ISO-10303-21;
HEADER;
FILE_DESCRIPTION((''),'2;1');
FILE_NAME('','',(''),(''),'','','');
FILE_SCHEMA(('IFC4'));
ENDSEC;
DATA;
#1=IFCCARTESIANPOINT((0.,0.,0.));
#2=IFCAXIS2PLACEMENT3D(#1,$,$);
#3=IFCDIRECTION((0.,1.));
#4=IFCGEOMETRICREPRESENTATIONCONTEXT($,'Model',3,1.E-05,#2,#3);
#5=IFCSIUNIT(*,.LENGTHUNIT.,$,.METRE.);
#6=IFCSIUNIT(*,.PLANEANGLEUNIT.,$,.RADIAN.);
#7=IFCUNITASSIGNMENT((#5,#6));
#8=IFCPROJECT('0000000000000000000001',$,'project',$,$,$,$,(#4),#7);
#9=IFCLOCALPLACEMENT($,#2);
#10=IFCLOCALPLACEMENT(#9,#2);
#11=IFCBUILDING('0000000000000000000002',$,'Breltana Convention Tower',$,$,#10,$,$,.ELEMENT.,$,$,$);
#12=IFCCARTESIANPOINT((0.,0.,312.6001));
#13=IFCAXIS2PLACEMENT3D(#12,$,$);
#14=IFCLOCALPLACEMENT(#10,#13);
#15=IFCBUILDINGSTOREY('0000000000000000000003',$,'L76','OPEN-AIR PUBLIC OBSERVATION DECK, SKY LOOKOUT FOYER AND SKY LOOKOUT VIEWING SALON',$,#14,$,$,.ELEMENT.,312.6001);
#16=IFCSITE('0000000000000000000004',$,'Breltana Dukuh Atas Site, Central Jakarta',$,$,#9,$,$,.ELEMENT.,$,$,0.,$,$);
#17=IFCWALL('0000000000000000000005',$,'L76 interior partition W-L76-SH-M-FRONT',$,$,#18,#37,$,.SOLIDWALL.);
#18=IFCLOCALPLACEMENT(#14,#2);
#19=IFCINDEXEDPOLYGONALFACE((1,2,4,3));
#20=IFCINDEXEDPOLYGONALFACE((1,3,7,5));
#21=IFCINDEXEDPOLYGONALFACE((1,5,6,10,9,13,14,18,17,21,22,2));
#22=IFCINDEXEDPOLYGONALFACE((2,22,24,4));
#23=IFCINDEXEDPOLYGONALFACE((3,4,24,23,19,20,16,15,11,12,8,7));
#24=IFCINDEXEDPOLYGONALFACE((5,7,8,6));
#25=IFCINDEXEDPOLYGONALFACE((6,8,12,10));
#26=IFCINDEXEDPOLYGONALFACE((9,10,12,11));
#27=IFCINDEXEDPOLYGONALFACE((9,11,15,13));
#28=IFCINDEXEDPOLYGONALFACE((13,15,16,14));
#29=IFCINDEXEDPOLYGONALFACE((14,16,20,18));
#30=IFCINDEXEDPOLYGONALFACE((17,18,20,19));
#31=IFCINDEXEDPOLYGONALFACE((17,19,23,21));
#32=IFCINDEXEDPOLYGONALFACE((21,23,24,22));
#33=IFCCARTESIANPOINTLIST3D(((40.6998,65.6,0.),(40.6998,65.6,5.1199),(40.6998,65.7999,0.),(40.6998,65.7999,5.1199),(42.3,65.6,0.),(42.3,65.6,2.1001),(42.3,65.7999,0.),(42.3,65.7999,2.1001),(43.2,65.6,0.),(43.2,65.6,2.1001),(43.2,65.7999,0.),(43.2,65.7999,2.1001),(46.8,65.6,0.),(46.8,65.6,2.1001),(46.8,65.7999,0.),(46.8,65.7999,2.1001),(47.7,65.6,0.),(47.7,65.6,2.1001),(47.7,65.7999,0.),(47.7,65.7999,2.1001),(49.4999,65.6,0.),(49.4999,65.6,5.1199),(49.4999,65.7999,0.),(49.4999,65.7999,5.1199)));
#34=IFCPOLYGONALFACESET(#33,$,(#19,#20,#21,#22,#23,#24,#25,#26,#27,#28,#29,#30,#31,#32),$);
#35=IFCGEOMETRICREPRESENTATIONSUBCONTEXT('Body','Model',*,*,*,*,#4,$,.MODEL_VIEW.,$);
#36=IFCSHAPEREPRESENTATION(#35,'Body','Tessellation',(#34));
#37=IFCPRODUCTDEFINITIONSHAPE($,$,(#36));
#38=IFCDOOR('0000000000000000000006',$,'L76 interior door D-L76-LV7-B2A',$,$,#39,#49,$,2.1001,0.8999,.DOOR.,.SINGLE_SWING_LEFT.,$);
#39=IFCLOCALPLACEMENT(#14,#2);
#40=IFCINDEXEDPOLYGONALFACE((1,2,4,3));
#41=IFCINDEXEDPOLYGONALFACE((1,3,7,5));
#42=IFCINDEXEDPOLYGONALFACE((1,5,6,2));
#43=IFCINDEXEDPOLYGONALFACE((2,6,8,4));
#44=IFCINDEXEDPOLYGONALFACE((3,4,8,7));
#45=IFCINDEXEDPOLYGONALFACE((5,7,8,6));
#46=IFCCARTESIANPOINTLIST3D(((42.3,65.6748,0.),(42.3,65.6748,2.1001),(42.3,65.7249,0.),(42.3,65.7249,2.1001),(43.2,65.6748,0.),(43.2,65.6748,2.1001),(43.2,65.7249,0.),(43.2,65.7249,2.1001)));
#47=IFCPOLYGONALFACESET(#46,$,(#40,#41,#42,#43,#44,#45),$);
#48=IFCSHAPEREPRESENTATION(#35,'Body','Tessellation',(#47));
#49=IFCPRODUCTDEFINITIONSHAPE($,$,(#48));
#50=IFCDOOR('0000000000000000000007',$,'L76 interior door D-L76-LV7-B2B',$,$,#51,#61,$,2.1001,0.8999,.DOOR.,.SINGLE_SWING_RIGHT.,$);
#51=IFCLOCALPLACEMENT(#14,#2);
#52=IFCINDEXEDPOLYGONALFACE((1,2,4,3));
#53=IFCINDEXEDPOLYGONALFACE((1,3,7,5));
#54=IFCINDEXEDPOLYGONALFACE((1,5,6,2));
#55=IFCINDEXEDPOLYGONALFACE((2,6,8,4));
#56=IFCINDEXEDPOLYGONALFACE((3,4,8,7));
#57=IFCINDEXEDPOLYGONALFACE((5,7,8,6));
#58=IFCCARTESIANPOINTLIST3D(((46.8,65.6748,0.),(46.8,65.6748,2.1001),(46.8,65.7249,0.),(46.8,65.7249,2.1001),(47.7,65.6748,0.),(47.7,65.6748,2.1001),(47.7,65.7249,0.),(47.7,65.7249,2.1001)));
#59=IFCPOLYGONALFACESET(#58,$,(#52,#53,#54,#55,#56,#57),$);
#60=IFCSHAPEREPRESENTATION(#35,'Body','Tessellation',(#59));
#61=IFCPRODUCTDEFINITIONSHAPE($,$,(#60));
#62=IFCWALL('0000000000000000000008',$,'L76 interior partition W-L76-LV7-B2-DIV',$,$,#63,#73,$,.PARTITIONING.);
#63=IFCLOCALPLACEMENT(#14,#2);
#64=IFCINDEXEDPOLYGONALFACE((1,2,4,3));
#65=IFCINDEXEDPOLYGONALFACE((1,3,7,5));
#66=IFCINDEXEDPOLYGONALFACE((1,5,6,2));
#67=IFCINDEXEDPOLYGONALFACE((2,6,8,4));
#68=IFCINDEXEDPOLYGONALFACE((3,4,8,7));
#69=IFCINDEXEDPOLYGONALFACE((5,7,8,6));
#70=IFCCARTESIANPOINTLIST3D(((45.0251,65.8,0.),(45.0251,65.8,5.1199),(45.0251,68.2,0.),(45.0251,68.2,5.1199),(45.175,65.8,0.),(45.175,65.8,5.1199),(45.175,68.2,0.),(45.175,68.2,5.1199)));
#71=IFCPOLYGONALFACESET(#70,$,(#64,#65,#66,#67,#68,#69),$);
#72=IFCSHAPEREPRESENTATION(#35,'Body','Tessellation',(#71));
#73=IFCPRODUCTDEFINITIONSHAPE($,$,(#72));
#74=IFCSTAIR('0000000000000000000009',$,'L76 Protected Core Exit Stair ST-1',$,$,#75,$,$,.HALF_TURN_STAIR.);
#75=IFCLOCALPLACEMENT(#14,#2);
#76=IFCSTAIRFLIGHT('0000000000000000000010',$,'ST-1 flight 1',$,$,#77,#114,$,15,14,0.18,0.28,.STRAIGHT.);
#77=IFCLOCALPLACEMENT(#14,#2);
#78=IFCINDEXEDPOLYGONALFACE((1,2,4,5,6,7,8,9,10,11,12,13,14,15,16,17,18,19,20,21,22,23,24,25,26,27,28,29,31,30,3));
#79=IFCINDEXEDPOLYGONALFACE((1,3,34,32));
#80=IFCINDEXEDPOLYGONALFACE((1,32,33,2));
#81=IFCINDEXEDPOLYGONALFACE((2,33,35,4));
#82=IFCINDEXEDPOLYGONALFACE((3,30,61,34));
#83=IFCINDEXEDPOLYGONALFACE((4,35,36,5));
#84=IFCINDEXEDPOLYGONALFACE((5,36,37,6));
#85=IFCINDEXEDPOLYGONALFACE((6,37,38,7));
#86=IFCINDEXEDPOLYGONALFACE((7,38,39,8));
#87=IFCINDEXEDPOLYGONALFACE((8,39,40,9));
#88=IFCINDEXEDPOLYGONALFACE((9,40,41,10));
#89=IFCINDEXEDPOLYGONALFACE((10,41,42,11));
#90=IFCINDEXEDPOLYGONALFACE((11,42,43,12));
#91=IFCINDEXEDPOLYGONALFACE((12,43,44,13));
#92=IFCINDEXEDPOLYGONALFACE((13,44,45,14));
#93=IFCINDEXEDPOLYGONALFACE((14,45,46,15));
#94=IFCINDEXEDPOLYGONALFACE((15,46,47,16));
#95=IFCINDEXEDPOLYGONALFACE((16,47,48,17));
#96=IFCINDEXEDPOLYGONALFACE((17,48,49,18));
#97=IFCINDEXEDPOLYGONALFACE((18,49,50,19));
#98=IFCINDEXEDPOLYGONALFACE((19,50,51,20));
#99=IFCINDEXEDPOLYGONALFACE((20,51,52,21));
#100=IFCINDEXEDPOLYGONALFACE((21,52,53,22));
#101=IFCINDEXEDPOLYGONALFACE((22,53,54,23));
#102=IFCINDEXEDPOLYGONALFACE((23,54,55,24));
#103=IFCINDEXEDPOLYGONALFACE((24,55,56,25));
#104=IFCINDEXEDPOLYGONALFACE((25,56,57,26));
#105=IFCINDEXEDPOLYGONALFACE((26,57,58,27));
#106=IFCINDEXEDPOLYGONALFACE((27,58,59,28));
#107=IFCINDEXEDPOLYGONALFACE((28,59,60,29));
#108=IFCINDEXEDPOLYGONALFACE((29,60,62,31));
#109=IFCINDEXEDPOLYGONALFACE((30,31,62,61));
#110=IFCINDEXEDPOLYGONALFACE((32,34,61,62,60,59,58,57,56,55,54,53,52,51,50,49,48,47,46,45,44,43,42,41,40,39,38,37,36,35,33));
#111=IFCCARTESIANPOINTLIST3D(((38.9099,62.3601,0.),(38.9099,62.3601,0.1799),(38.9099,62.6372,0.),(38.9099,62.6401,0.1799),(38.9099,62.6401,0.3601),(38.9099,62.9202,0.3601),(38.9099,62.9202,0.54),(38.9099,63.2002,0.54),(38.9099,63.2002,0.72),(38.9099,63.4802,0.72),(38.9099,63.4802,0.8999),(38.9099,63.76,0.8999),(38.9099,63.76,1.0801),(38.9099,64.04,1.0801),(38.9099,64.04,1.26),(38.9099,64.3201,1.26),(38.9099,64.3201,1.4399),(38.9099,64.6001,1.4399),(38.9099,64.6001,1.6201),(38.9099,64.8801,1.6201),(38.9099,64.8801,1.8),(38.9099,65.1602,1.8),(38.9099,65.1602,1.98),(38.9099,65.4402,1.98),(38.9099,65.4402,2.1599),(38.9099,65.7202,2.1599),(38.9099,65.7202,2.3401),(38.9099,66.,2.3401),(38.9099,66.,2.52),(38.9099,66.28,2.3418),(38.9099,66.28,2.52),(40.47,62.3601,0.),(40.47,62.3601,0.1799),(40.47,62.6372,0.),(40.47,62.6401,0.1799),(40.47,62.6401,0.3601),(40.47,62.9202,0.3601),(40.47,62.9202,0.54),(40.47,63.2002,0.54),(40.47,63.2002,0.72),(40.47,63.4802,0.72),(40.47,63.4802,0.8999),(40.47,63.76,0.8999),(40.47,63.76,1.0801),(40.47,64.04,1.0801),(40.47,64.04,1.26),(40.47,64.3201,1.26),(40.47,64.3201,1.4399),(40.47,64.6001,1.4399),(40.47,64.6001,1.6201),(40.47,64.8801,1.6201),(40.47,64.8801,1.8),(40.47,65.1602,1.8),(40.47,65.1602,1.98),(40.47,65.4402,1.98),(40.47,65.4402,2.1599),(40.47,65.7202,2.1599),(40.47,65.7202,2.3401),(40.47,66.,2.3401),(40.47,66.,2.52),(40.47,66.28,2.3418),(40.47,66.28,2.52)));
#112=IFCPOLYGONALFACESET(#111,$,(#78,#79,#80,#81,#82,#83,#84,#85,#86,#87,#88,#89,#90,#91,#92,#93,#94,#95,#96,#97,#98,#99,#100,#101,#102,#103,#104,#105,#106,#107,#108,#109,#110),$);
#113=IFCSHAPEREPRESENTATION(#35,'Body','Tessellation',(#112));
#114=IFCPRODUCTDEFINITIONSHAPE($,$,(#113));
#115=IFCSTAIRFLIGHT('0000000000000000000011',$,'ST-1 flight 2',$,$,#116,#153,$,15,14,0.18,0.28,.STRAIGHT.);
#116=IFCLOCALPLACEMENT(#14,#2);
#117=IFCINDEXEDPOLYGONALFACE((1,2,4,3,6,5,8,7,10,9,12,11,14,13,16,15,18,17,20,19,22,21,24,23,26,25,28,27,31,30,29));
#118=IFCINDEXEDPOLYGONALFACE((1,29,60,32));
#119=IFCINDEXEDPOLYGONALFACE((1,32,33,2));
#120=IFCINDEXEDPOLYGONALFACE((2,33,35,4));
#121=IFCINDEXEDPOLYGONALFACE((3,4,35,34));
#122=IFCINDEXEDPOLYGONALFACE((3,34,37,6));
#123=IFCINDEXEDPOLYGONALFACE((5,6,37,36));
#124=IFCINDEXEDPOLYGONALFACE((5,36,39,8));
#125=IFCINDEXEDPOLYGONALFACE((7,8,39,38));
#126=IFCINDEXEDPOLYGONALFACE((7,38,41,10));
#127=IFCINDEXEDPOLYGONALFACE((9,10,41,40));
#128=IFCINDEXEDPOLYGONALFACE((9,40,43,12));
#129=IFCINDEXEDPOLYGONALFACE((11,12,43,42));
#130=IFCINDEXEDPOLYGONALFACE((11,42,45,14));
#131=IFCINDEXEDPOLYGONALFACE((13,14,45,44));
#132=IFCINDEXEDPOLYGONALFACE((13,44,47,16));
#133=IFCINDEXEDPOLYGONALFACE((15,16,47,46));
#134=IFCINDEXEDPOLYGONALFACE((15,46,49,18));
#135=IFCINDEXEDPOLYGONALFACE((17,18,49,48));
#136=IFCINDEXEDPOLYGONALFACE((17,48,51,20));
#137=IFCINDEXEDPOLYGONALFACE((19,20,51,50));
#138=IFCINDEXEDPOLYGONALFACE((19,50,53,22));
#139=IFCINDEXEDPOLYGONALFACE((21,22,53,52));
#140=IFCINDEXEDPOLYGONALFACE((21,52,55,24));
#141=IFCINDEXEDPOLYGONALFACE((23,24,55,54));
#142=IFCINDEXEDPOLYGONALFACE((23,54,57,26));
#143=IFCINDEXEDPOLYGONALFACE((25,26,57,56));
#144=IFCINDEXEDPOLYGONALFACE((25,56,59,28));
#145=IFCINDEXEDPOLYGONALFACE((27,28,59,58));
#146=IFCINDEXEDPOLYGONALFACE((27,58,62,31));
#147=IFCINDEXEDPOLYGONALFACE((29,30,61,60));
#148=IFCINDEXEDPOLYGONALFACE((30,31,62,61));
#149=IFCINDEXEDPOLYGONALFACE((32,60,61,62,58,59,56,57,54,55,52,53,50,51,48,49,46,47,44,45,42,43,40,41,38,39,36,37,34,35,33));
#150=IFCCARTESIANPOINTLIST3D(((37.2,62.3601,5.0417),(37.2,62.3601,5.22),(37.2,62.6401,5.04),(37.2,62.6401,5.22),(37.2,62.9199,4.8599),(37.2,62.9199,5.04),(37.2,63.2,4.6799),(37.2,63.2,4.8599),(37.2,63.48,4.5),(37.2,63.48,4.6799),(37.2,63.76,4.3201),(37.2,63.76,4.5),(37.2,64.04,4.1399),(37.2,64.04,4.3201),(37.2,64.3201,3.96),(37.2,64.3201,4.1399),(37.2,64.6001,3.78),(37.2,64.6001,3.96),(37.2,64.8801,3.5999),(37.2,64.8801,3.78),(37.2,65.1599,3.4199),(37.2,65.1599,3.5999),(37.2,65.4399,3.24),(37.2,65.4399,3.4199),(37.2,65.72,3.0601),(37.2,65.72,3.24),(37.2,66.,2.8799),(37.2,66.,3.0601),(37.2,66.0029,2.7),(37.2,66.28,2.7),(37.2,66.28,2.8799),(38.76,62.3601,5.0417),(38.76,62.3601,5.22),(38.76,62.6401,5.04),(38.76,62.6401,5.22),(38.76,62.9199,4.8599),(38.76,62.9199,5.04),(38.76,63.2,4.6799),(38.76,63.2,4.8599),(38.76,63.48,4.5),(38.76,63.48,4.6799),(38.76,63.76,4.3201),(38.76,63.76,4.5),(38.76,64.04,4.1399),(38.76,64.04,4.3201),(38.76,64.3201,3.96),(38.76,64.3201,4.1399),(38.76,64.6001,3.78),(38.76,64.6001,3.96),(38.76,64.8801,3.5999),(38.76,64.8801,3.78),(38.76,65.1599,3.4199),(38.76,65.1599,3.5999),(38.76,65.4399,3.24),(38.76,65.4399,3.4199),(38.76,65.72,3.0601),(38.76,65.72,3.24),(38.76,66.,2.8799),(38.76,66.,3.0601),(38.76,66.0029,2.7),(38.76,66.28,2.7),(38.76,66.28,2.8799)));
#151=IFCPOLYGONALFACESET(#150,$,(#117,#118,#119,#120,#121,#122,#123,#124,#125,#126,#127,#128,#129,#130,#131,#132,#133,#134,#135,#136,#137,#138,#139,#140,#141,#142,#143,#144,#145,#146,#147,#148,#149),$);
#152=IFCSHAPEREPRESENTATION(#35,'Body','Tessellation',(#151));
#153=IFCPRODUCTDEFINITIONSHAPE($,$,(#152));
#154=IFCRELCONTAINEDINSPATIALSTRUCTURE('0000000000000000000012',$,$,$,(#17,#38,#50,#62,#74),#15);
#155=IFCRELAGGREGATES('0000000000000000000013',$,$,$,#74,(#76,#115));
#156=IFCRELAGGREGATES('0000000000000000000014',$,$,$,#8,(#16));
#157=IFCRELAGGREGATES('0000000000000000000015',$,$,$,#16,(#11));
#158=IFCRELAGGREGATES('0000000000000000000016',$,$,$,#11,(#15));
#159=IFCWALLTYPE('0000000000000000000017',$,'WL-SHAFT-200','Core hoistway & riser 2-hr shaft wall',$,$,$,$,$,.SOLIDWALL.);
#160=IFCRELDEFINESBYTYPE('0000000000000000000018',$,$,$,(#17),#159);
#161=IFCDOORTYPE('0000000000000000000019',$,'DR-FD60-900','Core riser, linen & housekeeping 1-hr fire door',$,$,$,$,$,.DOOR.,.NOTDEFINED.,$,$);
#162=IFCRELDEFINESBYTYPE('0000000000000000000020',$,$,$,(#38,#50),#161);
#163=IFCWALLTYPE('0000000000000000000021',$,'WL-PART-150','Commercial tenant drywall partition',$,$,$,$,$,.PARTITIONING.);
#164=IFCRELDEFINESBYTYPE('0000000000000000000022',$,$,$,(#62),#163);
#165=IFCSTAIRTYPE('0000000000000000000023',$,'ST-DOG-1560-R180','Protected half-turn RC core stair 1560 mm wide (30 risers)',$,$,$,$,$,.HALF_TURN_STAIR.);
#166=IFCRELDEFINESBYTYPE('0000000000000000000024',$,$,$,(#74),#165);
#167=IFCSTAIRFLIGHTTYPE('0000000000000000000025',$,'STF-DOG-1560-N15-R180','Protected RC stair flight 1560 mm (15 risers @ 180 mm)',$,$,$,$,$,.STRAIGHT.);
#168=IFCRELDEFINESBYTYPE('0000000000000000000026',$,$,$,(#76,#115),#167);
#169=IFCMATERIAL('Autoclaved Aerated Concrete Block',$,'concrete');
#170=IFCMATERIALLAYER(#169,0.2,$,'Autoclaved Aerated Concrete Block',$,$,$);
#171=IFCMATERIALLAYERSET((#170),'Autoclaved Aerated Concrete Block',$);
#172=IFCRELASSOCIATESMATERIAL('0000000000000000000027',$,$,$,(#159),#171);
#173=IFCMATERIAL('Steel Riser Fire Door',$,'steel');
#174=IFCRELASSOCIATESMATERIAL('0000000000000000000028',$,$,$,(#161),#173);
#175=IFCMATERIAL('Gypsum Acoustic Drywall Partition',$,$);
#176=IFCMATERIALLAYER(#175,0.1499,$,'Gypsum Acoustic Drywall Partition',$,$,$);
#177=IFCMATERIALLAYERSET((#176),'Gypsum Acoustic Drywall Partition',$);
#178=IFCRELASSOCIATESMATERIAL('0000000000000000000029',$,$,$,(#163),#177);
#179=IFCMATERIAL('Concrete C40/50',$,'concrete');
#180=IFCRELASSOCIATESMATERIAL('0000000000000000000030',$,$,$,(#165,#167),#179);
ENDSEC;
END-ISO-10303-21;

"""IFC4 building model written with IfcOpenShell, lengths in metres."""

from ifc_helpers import new_model, si_unit, direction, frame, frame_2d, origin, place, context, subcontext, project, spatial, polyline, rectangle, outline, extrude, source, transform, mapped, material, layer, layer_set, type_object, type_shapes, element, fill, aggregate, save


model = new_model("IFC4")

# Units and contexts
model_context = context("Model", 3, precision=1e-05, world=origin(), true_north=direction((0.0, 1.0)))
body_context = subcontext(model_context, "Body", "Model", "MODEL_VIEW")
ifc_project = project(units=[si_unit("LENGTHUNIT", "METRE"), si_unit("PLANEANGLEUNIT", "RADIAN")], contexts=[model_context])

# Site, building, storey
site_placement = place(None, origin())
site = spatial("IfcSite", under=ifc_project, at=site_placement, Name="Breltana Dukuh Atas Site, Central Jakarta", CompositionType="ELEMENT", RefElevation=0.0)
building_placement = place(site_placement, origin())
building = spatial("IfcBuilding", under=site, at=building_placement, Name="Breltana Convention Tower", CompositionType="ELEMENT")
storey_placement = place(building_placement, frame((0.0, 0.0, 312.6001)))
storey = spatial("IfcBuildingStorey", under=building, at=storey_placement, Name="L76", Description="OPEN-AIR PUBLIC OBSERVATION DECK, SKY LOOKOUT FOYER AND SKY LOOKOUT VIEWING SALON", CompositionType="ELEMENT", Elevation=312.6001)

# Shared definitions
ifc_material_1 = material(Name="Autoclaved Aerated Concrete Block", Category="concrete")
ifc_layer_1 = layer(ifc_material_1, 0.2, Name="Autoclaved Aerated Concrete Block")
ifc_layer_set_1 = layer_set([ifc_layer_1], Name="Autoclaved Aerated Concrete Block")
wall_type_1 = type_object("IfcWallType", Name="WL-SHAFT-200", Description="Core hoistway & riser 2-hr shaft wall", PredefinedType="SOLIDWALL", material=ifc_layer_set_1)
shared_shape_1 = source(origin(), body_context, "Body", "SweptSolid", [
    extrude(rectangle(XDim=8.8, YDim=0.2, at=frame_2d((4.3999, 0.0))), origin(), (0.0, 0.0, 1.0), 5.1199),
])

# Wall, openings, doors
wall_1_placement = place(storey_placement, frame((40.7, 65.7, 0.0), z_axis=(0.0, 0.0, 1.0), x_axis=(1.0, 0.0, 0.0)))
wall_1 = element("IfcWall", 1, at=wall_1_placement, inside=storey, type_object=wall_type_1, Name="L76 interior partition W-L76-SH-M-FRONT", PredefinedType="SOLIDWALL", context=body_context, shape_type="MappedRepresentation", body=[
    mapped(shared_shape_1, transform((0.0, 0.0, 0.0), scale=1.0)),
])
opening_1_placement = place(wall_1_placement, frame((1.6001, 0.0, 0.0)))
opening_1 = element("IfcOpeningElement", 2, at=opening_1_placement, cuts=wall_1, PredefinedType="OPENING", context=body_context, shape_type="SweptSolid", body=[
    extrude(rectangle(XDim=0.8999, YDim=2.1001, at=frame_2d((0.45, 1.05))), frame((0.0, 0.1099, 0.0), z_axis=(0.0, -1.0, 0.0), x_axis=(1.0, 0.0, 0.0)), (0.0, 0.0, 1.0), 0.22),
])
opening_2_placement = place(wall_1_placement, frame((6.1001, 0.0, 0.0)))
opening_2 = element("IfcOpeningElement", 3, at=opening_2_placement, cuts=wall_1, PredefinedType="OPENING", context=body_context, shape_type="SweptSolid", body=[
    extrude(rectangle(XDim=0.8999, YDim=2.1001, at=frame_2d((0.45, 1.05))), frame((0.0, 0.1099, 0.0), z_axis=(0.0, -1.0, 0.0), x_axis=(1.0, 0.0, 0.0)), (0.0, 0.0, 1.0), 0.22),
])
ifc_material_2 = material(Name="Steel Riser Fire Door", Category="steel")
door_type_1 = type_object("IfcDoorType", Name="DR-FD60-900", Description="Core riser, linen & housekeeping 1-hr fire door", OperationType="NOTDEFINED", PredefinedType="DOOR", material=ifc_material_2)
shared_shape_2 = source(origin(), body_context, "Body", "SweptSolid", [
    extrude(rectangle(XDim=0.8999, YDim=2.1001, at=frame_2d((0.45, 1.05))), frame((0.0, 0.0249, 0.0), z_axis=(0.0, -1.0, 0.0), x_axis=(1.0, 0.0, 0.0)), (0.0, 0.0, 1.0), 0.05),
])
type_shapes(door_type_1, [shared_shape_2])
door_1_placement = place(opening_1_placement, origin())
door_1 = element("IfcDoor", 4, at=door_1_placement, inside=storey, type_object=door_type_1, Name="L76 interior door D-L76-LV7-B2A", OperationType="SINGLE_SWING_LEFT", OverallHeight=2.1001, OverallWidth=0.8999, PredefinedType="DOOR", context=body_context, shape_type="MappedRepresentation", body=[
    mapped(shared_shape_2, transform((0.0, 0.0, 0.0), scale=1.0)),
])
fill(opening_1, door_1)
door_2_placement = place(opening_2_placement, origin())
door_2 = element("IfcDoor", 5, at=door_2_placement, inside=storey, type_object=door_type_1, Name="L76 interior door D-L76-LV7-B2B", OperationType="SINGLE_SWING_RIGHT", OverallHeight=2.1001, OverallWidth=0.8999, PredefinedType="DOOR", context=body_context, shape_type="MappedRepresentation", body=[
    mapped(shared_shape_2, transform((0.0, 0.0, 0.0), scale=1.0)),
])
fill(opening_2, door_2)

# Wall
ifc_material_3 = material(Name="Gypsum Acoustic Drywall Partition")
ifc_layer_2 = layer(ifc_material_3, 0.1499, Name="Gypsum Acoustic Drywall Partition")
ifc_layer_set_2 = layer_set([ifc_layer_2], Name="Gypsum Acoustic Drywall Partition")
wall_type_2 = type_object("IfcWallType", Name="WL-PART-150", Description="Commercial tenant drywall partition", PredefinedType="PARTITIONING", material=ifc_layer_set_2)
shared_shape_3 = source(origin(), body_context, "Body", "SweptSolid", [
    extrude(rectangle(XDim=2.3999, YDim=0.1499, at=frame_2d((1.2, 0.0))), origin(), (0.0, 0.0, 1.0), 5.1199),
])
wall_2_placement = place(storey_placement, frame((45.1001, 65.8, 0.0), z_axis=(0.0, 0.0, 1.0), x_axis=(0.0, 1.0, 0.0)))
element("IfcWall", 6, at=wall_2_placement, inside=storey, type_object=wall_type_2, Name="L76 interior partition W-L76-LV7-B2-DIV", PredefinedType="PARTITIONING", context=body_context, shape_type="MappedRepresentation", body=[
    mapped(shared_shape_3, transform((0.0, 0.0, 0.0), scale=1.0)),
])

# Stair, stair flights
ifc_material_4 = material(Name="Concrete C40/50", Category="concrete")
stair_type = type_object("IfcStairType", Name="ST-DOG-1560-R180", Description="Protected half-turn RC core stair 1560 mm wide (30 risers)", PredefinedType="HALF_TURN_STAIR", material=ifc_material_4)
stair_placement = place(storey_placement, origin())
stair = element("IfcStair", 7, at=stair_placement, inside=storey, type_object=stair_type, Name="L76 Protected Core Exit Stair ST-1", PredefinedType="HALF_TURN_STAIR")
stair_flight_type = type_object("IfcStairFlightType", Name="STF-DOG-1560-N15-R180", Description="Protected RC stair flight 1560 mm (15 risers @ 180 mm)", PredefinedType="STRAIGHT", material=ifc_material_4)
stair_flight_1_placement = place(storey_placement, frame((39.6899, 62.3601, 0.0), z_axis=(0.0, 0.0, 1.0), x_axis=(0.0, 1.0, 0.0)))
stair_flight_1 = element("IfcStairFlight", 8, at=stair_flight_1_placement, type_object=stair_flight_type, Name="ST-1 flight 1", NumberOfRisers=15, NumberOfTreads=14, PredefinedType="STRAIGHT", RiserHeight=0.18, TreadLength=0.28, context=body_context, shape_type="SweptSolid", body=[
    extrude(outline(polyline([(0.0, 0.0), (0.0, 0.1799), (0.28, 0.1799), (0.28, 0.3601), (0.5601, 0.3601), (0.5601, 0.54), (0.8401, 0.54), (0.8401, 0.72), (1.1201, 0.72), (1.1201, 0.8999), (1.3999, 0.8999), (1.3999, 1.0801), (1.6799, 1.0801), (1.6799, 1.26), (1.96, 1.26), (1.96, 1.4399), (2.24, 1.4399), (2.24, 1.6201), (2.52, 1.6201), (2.52, 1.8), (2.8, 1.8), (2.8, 1.98), (3.0801, 1.98), (3.0801, 2.1599), (3.3601, 2.1599), (3.3601, 2.3401), (3.6399, 2.3401), (3.6399, 2.52), (3.9199, 2.52), (3.9199, 2.7), (3.9199, 2.3418), (0.2771, 0.0), (0.0, 0.0)])), frame((0.0, 0.78, 0.0), z_axis=(0.0, -1.0, 0.0), x_axis=(1.0, 0.0, 0.0)), (0.0, 0.0, 1.0), 1.5601),
])
stair_flight_2_placement = place(storey_placement, frame((37.98, 66.28, 2.7), z_axis=(0.0, 0.0, 1.0), x_axis=(0.0, -1.0, 0.0)))
stair_flight_2 = element("IfcStairFlight", 9, at=stair_flight_2_placement, type_object=stair_flight_type, Name="ST-1 flight 2", NumberOfRisers=15, NumberOfTreads=14, PredefinedType="STRAIGHT", RiserHeight=0.18, TreadLength=0.28, context=body_context, shape_type="SweptSolid", body=[
    extrude(outline(polyline([(0.0, 0.0), (0.0, 0.1799), (0.28, 0.1799), (0.28, 0.3601), (0.5601, 0.3601), (0.5601, 0.54), (0.8401, 0.54), (0.8401, 0.72), (1.1201, 0.72), (1.1201, 0.8999), (1.3999, 0.8999), (1.3999, 1.0801), (1.6799, 1.0801), (1.6799, 1.26), (1.96, 1.26), (1.96, 1.4399), (2.24, 1.4399), (2.24, 1.6201), (2.52, 1.6201), (2.52, 1.8), (2.8, 1.8), (2.8, 1.98), (3.0801, 1.98), (3.0801, 2.1599), (3.3601, 2.1599), (3.3601, 2.3401), (3.6399, 2.3401), (3.6399, 2.52), (3.9199, 2.52), (3.9199, 2.7), (3.9199, 2.3418), (0.2771, 0.0), (0.0, 0.0)])), frame((0.0, 0.78, 0.0), z_axis=(0.0, -1.0, 0.0), x_axis=(1.0, 0.0, 0.0)), (0.0, 0.0, 1.0), 1.5601),
])
aggregate(stair, [stair_flight_1, stair_flight_2])

save(model, "model.ifc")
